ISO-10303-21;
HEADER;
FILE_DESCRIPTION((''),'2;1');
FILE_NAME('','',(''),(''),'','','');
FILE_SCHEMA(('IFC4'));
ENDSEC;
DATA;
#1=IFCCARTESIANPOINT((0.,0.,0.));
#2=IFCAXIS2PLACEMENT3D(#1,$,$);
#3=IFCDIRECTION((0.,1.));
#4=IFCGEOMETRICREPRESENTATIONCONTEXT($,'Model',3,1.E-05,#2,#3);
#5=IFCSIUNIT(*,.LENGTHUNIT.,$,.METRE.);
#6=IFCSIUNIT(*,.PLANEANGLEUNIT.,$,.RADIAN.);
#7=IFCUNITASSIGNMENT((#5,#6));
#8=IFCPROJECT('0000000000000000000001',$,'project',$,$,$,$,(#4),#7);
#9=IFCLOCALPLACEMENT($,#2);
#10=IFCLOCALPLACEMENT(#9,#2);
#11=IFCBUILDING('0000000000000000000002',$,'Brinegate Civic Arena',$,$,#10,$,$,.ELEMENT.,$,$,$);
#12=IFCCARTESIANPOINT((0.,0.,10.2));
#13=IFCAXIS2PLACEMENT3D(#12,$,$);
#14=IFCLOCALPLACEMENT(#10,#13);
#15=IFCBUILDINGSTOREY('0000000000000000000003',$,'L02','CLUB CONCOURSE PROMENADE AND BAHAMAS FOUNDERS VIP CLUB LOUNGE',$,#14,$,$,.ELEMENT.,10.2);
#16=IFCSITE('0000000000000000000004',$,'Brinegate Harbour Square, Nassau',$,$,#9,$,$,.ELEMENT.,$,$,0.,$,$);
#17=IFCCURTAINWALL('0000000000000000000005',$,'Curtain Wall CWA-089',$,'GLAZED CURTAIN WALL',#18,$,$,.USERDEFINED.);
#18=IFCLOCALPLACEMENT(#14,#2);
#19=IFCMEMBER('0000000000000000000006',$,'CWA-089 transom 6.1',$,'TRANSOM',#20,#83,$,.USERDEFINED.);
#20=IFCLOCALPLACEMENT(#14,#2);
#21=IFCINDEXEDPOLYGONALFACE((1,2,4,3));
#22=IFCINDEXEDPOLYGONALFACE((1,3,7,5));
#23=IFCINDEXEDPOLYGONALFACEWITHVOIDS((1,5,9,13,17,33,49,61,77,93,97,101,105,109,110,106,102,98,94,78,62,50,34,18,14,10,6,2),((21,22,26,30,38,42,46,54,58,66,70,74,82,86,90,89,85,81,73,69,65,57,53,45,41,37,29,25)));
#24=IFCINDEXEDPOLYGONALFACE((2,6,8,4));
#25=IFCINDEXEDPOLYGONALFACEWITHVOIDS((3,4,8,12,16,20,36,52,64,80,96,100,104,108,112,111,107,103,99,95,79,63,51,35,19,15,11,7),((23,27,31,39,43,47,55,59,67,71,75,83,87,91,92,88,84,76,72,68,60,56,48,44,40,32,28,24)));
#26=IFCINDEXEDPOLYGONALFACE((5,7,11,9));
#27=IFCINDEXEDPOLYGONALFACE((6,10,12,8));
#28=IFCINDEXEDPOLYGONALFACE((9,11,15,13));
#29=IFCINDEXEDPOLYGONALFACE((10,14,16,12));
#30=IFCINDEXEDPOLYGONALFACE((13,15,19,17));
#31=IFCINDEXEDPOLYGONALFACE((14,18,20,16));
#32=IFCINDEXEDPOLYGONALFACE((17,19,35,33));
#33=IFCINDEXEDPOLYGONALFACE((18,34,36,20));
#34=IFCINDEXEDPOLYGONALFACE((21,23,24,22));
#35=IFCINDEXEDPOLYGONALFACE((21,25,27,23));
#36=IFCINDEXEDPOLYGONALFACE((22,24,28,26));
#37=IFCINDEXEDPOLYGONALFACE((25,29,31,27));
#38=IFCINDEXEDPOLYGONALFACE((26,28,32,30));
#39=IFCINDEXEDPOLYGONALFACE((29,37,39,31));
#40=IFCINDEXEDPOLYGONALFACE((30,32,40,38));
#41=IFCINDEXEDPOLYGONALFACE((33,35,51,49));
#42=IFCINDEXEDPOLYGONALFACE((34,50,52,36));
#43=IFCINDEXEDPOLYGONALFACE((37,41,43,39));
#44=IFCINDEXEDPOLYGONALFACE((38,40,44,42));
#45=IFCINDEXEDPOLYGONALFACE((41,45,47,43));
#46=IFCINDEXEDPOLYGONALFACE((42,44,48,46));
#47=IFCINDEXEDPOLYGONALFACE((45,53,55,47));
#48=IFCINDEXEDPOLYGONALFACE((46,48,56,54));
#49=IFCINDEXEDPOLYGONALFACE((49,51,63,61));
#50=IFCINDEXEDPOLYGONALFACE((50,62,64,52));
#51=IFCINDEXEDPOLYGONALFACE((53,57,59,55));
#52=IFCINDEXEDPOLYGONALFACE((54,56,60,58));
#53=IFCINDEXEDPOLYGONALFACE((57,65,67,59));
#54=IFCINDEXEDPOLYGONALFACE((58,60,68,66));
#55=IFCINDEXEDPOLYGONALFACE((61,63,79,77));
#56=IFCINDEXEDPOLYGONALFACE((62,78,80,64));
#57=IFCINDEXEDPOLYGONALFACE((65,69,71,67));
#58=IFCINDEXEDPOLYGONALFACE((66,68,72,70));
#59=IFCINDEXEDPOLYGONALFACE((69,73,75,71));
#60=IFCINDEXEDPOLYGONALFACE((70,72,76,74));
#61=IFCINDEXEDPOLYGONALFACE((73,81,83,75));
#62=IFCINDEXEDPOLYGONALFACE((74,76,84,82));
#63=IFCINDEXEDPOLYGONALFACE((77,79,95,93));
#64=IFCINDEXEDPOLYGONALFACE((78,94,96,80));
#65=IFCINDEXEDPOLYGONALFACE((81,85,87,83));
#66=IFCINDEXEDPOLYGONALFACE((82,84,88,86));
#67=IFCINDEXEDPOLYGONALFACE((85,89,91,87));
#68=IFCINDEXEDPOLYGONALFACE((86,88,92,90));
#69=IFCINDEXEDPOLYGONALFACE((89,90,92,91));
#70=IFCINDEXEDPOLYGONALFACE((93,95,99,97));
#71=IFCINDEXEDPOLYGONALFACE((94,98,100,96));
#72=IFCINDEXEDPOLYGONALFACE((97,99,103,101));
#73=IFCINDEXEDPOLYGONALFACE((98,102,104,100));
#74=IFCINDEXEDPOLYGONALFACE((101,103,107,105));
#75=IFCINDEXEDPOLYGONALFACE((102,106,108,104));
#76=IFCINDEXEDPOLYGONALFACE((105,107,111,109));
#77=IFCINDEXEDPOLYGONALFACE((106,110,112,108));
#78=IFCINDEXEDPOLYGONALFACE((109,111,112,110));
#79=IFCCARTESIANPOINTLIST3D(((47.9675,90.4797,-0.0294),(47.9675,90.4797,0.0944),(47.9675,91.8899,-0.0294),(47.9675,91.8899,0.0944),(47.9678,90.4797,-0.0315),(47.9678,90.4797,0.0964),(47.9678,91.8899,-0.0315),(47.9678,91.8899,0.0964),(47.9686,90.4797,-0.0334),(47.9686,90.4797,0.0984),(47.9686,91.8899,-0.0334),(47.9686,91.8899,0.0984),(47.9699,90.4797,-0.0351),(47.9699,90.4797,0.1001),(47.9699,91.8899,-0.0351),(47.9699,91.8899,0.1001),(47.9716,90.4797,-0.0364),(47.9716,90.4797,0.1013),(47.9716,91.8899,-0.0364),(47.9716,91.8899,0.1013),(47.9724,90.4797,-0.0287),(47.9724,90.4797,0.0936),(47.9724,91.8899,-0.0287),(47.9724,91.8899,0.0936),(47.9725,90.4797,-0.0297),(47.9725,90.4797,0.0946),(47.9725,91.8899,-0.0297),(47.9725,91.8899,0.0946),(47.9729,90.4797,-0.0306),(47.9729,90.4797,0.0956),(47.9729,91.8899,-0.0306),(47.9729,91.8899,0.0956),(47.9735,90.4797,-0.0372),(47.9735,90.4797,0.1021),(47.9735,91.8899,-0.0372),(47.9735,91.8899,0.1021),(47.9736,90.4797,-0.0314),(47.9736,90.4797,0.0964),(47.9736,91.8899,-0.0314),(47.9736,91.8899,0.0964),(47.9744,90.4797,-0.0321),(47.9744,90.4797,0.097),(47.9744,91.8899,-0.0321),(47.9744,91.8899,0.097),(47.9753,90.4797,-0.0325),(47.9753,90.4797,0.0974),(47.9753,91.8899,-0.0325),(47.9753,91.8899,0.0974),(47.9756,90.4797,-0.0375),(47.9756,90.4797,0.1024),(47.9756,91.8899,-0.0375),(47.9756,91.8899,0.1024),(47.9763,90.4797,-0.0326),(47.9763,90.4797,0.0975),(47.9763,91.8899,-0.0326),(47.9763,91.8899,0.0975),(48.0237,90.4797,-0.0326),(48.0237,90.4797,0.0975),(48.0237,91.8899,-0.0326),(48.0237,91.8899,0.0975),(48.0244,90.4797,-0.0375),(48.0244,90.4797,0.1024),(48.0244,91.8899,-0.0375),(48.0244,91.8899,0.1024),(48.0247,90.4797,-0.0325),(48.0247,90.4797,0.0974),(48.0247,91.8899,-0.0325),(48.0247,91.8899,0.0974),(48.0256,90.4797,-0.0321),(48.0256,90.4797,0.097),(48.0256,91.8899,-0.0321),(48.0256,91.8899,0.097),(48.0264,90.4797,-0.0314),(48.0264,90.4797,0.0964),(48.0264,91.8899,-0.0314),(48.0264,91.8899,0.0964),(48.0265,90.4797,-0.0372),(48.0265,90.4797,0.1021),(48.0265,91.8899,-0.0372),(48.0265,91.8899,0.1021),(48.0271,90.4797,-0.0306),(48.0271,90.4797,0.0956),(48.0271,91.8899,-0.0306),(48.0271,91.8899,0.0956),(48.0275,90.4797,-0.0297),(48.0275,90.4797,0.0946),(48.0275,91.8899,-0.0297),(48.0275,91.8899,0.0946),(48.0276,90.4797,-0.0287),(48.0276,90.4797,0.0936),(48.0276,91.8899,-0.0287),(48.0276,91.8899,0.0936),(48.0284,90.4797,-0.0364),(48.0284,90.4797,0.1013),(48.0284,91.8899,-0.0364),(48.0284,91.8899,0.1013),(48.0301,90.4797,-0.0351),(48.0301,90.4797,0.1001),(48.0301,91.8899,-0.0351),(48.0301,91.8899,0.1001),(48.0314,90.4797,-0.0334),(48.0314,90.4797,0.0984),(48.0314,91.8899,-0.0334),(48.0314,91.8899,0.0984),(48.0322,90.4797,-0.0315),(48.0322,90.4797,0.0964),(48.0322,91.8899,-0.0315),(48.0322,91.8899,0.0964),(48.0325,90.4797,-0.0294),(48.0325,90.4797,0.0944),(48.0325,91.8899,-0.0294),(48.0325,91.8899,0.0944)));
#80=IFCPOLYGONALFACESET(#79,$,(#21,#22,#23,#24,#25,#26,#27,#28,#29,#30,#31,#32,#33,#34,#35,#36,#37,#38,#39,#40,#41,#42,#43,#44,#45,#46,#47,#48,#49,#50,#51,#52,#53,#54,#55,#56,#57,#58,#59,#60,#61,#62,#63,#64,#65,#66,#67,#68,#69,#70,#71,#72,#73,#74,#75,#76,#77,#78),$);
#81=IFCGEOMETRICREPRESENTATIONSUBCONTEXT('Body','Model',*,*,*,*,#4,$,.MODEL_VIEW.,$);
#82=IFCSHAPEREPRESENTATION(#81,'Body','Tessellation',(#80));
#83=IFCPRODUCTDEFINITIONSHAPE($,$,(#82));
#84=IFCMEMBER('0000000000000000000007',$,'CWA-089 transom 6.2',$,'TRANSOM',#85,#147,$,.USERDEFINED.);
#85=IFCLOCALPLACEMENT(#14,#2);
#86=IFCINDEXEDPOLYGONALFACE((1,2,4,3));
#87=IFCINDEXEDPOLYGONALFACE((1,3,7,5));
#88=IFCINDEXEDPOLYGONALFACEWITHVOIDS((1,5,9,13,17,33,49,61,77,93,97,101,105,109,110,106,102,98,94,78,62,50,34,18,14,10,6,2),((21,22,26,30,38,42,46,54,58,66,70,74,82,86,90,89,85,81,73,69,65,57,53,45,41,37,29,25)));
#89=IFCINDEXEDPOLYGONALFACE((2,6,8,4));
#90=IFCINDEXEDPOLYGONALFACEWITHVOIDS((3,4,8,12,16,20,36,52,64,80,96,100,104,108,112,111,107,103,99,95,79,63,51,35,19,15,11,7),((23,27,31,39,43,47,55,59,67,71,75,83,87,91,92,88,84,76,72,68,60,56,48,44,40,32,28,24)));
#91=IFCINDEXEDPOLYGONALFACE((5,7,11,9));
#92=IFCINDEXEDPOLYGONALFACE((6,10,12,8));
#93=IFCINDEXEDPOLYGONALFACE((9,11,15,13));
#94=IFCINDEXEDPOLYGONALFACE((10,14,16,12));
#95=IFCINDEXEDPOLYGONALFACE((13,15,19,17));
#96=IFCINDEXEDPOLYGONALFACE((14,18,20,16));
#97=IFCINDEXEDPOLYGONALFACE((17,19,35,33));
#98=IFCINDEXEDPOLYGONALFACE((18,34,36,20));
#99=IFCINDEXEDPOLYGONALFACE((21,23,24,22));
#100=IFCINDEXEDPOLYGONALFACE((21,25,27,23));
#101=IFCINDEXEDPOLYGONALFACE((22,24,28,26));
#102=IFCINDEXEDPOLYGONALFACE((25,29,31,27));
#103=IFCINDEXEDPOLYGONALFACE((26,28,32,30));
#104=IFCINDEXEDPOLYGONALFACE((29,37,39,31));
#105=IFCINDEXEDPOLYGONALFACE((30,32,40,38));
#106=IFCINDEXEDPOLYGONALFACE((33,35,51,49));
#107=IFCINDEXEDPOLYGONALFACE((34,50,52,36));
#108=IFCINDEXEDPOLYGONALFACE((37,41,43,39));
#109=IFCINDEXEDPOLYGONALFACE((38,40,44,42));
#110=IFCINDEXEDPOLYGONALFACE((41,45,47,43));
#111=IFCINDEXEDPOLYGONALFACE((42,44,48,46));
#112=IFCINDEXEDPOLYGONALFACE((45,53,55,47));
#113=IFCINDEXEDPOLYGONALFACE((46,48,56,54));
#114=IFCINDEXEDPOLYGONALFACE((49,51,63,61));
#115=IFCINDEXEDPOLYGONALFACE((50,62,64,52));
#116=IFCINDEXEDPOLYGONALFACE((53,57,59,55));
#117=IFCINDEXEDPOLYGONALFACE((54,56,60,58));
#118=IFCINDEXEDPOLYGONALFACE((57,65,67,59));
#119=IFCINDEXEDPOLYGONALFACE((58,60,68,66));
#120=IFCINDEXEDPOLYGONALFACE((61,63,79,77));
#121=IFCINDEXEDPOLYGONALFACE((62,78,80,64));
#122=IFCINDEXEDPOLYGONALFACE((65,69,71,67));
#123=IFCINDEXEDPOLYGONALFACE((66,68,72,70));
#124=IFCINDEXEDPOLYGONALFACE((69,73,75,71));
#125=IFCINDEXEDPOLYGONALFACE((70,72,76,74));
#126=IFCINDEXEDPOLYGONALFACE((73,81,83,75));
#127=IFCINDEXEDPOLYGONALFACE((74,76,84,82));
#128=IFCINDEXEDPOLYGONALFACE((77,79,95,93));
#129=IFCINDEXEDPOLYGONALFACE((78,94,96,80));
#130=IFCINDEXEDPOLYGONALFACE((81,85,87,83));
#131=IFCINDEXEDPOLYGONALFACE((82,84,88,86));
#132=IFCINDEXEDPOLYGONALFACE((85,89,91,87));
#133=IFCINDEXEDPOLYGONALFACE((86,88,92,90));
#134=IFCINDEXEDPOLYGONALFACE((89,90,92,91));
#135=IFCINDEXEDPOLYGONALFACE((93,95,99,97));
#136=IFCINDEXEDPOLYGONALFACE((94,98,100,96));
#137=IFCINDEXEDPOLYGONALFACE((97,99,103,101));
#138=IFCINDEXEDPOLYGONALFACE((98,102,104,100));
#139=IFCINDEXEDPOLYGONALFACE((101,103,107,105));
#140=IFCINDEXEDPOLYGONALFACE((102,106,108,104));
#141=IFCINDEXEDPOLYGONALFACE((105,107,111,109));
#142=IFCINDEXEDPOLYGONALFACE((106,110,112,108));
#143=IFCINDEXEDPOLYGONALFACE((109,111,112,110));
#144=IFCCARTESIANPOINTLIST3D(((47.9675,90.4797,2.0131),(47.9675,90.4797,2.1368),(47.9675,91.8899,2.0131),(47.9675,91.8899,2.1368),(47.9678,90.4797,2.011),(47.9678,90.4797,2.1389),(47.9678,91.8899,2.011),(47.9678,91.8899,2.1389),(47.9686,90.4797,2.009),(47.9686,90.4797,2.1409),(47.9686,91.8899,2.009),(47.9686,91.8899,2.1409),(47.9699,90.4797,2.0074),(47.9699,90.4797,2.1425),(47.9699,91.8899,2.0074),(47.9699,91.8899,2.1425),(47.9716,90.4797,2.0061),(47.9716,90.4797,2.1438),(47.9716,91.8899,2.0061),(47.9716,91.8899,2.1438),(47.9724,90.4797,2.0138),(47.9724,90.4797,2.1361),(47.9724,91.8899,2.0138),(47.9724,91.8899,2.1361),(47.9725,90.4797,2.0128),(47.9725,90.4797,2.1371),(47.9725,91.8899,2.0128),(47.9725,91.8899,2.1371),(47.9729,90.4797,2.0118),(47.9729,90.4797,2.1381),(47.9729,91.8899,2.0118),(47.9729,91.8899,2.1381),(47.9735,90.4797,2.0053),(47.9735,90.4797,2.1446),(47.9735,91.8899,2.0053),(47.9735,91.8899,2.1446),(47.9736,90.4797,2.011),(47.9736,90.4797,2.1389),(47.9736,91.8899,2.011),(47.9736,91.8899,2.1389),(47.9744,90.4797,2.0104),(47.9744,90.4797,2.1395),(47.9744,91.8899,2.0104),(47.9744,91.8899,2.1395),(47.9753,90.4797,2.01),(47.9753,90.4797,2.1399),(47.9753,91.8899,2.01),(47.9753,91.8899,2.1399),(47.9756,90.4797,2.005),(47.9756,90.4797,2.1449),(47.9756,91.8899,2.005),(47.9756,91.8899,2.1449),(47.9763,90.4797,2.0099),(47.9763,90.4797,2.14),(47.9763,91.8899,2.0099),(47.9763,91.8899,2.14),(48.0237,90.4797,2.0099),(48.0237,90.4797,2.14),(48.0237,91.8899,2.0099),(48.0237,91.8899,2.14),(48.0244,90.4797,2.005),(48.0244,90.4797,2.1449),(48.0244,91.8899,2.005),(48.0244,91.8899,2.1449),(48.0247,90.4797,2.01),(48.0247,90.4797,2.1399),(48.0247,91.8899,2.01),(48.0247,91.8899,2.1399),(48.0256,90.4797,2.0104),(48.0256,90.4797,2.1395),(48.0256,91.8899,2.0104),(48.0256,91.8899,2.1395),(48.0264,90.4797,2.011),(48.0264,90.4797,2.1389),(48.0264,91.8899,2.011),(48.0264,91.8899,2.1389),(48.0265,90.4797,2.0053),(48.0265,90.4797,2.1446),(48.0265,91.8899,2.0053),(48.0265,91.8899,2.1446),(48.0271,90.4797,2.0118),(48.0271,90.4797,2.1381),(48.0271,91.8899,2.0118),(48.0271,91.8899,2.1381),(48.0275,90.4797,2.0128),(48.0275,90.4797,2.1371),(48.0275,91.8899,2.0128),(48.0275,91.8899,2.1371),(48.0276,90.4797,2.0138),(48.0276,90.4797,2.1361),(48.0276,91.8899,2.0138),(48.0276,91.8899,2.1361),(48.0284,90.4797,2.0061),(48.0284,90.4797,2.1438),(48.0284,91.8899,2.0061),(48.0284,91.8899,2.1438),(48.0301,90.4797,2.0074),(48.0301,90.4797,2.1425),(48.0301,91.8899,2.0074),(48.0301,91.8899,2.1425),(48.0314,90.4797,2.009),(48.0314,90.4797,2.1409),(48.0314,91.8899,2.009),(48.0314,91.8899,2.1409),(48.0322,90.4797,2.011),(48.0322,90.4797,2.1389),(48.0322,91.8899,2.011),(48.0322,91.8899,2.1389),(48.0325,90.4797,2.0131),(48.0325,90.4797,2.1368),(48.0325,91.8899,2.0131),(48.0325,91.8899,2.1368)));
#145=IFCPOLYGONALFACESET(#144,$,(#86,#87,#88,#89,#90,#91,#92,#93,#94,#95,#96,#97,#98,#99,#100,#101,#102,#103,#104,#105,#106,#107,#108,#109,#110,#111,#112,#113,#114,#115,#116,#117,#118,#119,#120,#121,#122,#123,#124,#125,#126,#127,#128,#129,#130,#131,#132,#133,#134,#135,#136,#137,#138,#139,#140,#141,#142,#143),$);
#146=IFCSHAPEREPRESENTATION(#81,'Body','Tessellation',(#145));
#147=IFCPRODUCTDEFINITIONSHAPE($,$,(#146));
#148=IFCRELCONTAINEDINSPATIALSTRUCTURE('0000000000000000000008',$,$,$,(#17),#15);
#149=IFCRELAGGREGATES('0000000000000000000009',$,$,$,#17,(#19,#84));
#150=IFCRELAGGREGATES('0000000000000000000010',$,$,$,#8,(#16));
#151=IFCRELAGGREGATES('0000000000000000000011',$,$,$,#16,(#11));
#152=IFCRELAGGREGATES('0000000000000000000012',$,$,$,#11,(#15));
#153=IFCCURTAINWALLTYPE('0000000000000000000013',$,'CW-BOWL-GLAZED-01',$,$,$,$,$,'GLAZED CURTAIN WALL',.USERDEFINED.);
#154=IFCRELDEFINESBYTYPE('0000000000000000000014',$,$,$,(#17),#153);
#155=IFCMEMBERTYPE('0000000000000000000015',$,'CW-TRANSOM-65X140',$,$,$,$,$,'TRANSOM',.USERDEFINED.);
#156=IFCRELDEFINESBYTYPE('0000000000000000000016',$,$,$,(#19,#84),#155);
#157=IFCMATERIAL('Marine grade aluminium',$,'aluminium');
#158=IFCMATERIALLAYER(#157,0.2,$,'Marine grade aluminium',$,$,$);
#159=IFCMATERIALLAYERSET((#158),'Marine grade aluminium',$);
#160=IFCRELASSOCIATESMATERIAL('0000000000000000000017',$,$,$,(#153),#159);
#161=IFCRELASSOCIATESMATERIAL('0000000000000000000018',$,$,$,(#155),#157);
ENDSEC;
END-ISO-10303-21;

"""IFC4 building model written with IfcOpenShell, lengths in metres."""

from ifc_helpers import new_model, si_unit, direction, frame, origin, origin_2d, place, context, subcontext, project, spatial, hollow_rectangle, extrude, material, layer, layer_set, material_profile, profile_set, type_object, element, aggregate, save


model = new_model("IFC4")

# Units and contexts
model_context = context("Model", 3, precision=1e-05, world=origin(), true_north=direction((0.0, 1.0)))
body_context = subcontext(model_context, "Body", "Model", "MODEL_VIEW")
ifc_project = project(units=[si_unit("LENGTHUNIT", "METRE"), si_unit("PLANEANGLEUNIT", "RADIAN")], contexts=[model_context])

# Site, building, storey
site_placement = place(None, origin())
site = spatial("IfcSite", under=ifc_project, at=site_placement, Name="Brinegate Harbour Square, Nassau", CompositionType="ELEMENT", RefElevation=0.0)
building_placement = place(site_placement, origin())
building = spatial("IfcBuilding", under=site, at=building_placement, Name="Brinegate Civic Arena", CompositionType="ELEMENT")
storey_placement = place(building_placement, frame((0.0, 0.0, 10.2)))
storey = spatial("IfcBuildingStorey", under=building, at=storey_placement, Name="L02", Description="CLUB CONCOURSE PROMENADE AND BAHAMAS FOUNDERS VIP CLUB LOUNGE", CompositionType="ELEMENT", Elevation=10.2)

# Curtain wall, members
ifc_material_1 = material(Name="Marine grade aluminium", Category="aluminium")
ifc_layer_1 = layer(ifc_material_1, 0.2, Name="Marine grade aluminium")
ifc_layer_set_1 = layer_set([ifc_layer_1], Name="Marine grade aluminium")
curtain_wall_type = type_object("IfcCurtainWallType", Name="CW-BOWL-GLAZED-01", ElementType="GLAZED CURTAIN WALL", PredefinedType="USERDEFINED", material=ifc_layer_set_1)
curtain_wall_placement = place(storey_placement, origin())
curtain_wall = element("IfcCurtainWall", 1, at=curtain_wall_placement, inside=storey, type_object=curtain_wall_type, Name="Curtain Wall CWA-089", ObjectType="GLAZED CURTAIN WALL", PredefinedType="USERDEFINED")
ifc_material_profile_1 = material_profile(ifc_material_1, hollow_rectangle(XDim=0.0649, YDim=0.1399, WallThickness=0.0049, InnerFilletRadius=0.0039, OuterFilletRadius=0.0081, at=origin_2d()), Name="TRN65X140")
ifc_profile_set_1 = profile_set([ifc_material_profile_1], Name="Marine grade aluminium")
member_type_1 = type_object("IfcMemberType", Name="CW-TRANSOM-65X140", ElementType="TRANSOM", PredefinedType="USERDEFINED", material=ifc_profile_set_1)
member_1_placement = place(storey_placement, frame((48.0, 90.4797, 0.0325), z_axis=(0.0, 1.0, 0.0), x_axis=(-1.0, 0.0, 0.0)))
member_1 = element("IfcMember", 2, at=member_1_placement, type_object=member_type_1, Name="CWA-089 transom 6.1", ObjectType="TRANSOM", PredefinedType="USERDEFINED", context=body_context, shape_type="SweptSolid", body=[
    extrude(hollow_rectangle(XDim=0.0649, YDim=0.1399, WallThickness=0.0049, InnerFilletRadius=0.0039, OuterFilletRadius=0.0081, at=origin_2d()), origin(), (0.0, 0.0, 1.0), 1.4102),
])
member_2_placement = place(storey_placement, frame((48.0, 90.4797, 2.075), z_axis=(0.0, 1.0, 0.0), x_axis=(-1.0, 0.0, 0.0)))
member_2 = element("IfcMember", 3, at=member_2_placement, type_object=member_type_1, Name="CWA-089 transom 6.2", ObjectType="TRANSOM", PredefinedType="USERDEFINED", context=body_context, shape_type="SweptSolid", body=[
    extrude(hollow_rectangle(XDim=0.0649, YDim=0.1399, WallThickness=0.0049, InnerFilletRadius=0.0039, OuterFilletRadius=0.0081, at=origin_2d()), origin(), (0.0, 0.0, 1.0), 1.4102),
])

aggregate(curtain_wall, [member_1, member_2])

save(model, "model.ifc")
